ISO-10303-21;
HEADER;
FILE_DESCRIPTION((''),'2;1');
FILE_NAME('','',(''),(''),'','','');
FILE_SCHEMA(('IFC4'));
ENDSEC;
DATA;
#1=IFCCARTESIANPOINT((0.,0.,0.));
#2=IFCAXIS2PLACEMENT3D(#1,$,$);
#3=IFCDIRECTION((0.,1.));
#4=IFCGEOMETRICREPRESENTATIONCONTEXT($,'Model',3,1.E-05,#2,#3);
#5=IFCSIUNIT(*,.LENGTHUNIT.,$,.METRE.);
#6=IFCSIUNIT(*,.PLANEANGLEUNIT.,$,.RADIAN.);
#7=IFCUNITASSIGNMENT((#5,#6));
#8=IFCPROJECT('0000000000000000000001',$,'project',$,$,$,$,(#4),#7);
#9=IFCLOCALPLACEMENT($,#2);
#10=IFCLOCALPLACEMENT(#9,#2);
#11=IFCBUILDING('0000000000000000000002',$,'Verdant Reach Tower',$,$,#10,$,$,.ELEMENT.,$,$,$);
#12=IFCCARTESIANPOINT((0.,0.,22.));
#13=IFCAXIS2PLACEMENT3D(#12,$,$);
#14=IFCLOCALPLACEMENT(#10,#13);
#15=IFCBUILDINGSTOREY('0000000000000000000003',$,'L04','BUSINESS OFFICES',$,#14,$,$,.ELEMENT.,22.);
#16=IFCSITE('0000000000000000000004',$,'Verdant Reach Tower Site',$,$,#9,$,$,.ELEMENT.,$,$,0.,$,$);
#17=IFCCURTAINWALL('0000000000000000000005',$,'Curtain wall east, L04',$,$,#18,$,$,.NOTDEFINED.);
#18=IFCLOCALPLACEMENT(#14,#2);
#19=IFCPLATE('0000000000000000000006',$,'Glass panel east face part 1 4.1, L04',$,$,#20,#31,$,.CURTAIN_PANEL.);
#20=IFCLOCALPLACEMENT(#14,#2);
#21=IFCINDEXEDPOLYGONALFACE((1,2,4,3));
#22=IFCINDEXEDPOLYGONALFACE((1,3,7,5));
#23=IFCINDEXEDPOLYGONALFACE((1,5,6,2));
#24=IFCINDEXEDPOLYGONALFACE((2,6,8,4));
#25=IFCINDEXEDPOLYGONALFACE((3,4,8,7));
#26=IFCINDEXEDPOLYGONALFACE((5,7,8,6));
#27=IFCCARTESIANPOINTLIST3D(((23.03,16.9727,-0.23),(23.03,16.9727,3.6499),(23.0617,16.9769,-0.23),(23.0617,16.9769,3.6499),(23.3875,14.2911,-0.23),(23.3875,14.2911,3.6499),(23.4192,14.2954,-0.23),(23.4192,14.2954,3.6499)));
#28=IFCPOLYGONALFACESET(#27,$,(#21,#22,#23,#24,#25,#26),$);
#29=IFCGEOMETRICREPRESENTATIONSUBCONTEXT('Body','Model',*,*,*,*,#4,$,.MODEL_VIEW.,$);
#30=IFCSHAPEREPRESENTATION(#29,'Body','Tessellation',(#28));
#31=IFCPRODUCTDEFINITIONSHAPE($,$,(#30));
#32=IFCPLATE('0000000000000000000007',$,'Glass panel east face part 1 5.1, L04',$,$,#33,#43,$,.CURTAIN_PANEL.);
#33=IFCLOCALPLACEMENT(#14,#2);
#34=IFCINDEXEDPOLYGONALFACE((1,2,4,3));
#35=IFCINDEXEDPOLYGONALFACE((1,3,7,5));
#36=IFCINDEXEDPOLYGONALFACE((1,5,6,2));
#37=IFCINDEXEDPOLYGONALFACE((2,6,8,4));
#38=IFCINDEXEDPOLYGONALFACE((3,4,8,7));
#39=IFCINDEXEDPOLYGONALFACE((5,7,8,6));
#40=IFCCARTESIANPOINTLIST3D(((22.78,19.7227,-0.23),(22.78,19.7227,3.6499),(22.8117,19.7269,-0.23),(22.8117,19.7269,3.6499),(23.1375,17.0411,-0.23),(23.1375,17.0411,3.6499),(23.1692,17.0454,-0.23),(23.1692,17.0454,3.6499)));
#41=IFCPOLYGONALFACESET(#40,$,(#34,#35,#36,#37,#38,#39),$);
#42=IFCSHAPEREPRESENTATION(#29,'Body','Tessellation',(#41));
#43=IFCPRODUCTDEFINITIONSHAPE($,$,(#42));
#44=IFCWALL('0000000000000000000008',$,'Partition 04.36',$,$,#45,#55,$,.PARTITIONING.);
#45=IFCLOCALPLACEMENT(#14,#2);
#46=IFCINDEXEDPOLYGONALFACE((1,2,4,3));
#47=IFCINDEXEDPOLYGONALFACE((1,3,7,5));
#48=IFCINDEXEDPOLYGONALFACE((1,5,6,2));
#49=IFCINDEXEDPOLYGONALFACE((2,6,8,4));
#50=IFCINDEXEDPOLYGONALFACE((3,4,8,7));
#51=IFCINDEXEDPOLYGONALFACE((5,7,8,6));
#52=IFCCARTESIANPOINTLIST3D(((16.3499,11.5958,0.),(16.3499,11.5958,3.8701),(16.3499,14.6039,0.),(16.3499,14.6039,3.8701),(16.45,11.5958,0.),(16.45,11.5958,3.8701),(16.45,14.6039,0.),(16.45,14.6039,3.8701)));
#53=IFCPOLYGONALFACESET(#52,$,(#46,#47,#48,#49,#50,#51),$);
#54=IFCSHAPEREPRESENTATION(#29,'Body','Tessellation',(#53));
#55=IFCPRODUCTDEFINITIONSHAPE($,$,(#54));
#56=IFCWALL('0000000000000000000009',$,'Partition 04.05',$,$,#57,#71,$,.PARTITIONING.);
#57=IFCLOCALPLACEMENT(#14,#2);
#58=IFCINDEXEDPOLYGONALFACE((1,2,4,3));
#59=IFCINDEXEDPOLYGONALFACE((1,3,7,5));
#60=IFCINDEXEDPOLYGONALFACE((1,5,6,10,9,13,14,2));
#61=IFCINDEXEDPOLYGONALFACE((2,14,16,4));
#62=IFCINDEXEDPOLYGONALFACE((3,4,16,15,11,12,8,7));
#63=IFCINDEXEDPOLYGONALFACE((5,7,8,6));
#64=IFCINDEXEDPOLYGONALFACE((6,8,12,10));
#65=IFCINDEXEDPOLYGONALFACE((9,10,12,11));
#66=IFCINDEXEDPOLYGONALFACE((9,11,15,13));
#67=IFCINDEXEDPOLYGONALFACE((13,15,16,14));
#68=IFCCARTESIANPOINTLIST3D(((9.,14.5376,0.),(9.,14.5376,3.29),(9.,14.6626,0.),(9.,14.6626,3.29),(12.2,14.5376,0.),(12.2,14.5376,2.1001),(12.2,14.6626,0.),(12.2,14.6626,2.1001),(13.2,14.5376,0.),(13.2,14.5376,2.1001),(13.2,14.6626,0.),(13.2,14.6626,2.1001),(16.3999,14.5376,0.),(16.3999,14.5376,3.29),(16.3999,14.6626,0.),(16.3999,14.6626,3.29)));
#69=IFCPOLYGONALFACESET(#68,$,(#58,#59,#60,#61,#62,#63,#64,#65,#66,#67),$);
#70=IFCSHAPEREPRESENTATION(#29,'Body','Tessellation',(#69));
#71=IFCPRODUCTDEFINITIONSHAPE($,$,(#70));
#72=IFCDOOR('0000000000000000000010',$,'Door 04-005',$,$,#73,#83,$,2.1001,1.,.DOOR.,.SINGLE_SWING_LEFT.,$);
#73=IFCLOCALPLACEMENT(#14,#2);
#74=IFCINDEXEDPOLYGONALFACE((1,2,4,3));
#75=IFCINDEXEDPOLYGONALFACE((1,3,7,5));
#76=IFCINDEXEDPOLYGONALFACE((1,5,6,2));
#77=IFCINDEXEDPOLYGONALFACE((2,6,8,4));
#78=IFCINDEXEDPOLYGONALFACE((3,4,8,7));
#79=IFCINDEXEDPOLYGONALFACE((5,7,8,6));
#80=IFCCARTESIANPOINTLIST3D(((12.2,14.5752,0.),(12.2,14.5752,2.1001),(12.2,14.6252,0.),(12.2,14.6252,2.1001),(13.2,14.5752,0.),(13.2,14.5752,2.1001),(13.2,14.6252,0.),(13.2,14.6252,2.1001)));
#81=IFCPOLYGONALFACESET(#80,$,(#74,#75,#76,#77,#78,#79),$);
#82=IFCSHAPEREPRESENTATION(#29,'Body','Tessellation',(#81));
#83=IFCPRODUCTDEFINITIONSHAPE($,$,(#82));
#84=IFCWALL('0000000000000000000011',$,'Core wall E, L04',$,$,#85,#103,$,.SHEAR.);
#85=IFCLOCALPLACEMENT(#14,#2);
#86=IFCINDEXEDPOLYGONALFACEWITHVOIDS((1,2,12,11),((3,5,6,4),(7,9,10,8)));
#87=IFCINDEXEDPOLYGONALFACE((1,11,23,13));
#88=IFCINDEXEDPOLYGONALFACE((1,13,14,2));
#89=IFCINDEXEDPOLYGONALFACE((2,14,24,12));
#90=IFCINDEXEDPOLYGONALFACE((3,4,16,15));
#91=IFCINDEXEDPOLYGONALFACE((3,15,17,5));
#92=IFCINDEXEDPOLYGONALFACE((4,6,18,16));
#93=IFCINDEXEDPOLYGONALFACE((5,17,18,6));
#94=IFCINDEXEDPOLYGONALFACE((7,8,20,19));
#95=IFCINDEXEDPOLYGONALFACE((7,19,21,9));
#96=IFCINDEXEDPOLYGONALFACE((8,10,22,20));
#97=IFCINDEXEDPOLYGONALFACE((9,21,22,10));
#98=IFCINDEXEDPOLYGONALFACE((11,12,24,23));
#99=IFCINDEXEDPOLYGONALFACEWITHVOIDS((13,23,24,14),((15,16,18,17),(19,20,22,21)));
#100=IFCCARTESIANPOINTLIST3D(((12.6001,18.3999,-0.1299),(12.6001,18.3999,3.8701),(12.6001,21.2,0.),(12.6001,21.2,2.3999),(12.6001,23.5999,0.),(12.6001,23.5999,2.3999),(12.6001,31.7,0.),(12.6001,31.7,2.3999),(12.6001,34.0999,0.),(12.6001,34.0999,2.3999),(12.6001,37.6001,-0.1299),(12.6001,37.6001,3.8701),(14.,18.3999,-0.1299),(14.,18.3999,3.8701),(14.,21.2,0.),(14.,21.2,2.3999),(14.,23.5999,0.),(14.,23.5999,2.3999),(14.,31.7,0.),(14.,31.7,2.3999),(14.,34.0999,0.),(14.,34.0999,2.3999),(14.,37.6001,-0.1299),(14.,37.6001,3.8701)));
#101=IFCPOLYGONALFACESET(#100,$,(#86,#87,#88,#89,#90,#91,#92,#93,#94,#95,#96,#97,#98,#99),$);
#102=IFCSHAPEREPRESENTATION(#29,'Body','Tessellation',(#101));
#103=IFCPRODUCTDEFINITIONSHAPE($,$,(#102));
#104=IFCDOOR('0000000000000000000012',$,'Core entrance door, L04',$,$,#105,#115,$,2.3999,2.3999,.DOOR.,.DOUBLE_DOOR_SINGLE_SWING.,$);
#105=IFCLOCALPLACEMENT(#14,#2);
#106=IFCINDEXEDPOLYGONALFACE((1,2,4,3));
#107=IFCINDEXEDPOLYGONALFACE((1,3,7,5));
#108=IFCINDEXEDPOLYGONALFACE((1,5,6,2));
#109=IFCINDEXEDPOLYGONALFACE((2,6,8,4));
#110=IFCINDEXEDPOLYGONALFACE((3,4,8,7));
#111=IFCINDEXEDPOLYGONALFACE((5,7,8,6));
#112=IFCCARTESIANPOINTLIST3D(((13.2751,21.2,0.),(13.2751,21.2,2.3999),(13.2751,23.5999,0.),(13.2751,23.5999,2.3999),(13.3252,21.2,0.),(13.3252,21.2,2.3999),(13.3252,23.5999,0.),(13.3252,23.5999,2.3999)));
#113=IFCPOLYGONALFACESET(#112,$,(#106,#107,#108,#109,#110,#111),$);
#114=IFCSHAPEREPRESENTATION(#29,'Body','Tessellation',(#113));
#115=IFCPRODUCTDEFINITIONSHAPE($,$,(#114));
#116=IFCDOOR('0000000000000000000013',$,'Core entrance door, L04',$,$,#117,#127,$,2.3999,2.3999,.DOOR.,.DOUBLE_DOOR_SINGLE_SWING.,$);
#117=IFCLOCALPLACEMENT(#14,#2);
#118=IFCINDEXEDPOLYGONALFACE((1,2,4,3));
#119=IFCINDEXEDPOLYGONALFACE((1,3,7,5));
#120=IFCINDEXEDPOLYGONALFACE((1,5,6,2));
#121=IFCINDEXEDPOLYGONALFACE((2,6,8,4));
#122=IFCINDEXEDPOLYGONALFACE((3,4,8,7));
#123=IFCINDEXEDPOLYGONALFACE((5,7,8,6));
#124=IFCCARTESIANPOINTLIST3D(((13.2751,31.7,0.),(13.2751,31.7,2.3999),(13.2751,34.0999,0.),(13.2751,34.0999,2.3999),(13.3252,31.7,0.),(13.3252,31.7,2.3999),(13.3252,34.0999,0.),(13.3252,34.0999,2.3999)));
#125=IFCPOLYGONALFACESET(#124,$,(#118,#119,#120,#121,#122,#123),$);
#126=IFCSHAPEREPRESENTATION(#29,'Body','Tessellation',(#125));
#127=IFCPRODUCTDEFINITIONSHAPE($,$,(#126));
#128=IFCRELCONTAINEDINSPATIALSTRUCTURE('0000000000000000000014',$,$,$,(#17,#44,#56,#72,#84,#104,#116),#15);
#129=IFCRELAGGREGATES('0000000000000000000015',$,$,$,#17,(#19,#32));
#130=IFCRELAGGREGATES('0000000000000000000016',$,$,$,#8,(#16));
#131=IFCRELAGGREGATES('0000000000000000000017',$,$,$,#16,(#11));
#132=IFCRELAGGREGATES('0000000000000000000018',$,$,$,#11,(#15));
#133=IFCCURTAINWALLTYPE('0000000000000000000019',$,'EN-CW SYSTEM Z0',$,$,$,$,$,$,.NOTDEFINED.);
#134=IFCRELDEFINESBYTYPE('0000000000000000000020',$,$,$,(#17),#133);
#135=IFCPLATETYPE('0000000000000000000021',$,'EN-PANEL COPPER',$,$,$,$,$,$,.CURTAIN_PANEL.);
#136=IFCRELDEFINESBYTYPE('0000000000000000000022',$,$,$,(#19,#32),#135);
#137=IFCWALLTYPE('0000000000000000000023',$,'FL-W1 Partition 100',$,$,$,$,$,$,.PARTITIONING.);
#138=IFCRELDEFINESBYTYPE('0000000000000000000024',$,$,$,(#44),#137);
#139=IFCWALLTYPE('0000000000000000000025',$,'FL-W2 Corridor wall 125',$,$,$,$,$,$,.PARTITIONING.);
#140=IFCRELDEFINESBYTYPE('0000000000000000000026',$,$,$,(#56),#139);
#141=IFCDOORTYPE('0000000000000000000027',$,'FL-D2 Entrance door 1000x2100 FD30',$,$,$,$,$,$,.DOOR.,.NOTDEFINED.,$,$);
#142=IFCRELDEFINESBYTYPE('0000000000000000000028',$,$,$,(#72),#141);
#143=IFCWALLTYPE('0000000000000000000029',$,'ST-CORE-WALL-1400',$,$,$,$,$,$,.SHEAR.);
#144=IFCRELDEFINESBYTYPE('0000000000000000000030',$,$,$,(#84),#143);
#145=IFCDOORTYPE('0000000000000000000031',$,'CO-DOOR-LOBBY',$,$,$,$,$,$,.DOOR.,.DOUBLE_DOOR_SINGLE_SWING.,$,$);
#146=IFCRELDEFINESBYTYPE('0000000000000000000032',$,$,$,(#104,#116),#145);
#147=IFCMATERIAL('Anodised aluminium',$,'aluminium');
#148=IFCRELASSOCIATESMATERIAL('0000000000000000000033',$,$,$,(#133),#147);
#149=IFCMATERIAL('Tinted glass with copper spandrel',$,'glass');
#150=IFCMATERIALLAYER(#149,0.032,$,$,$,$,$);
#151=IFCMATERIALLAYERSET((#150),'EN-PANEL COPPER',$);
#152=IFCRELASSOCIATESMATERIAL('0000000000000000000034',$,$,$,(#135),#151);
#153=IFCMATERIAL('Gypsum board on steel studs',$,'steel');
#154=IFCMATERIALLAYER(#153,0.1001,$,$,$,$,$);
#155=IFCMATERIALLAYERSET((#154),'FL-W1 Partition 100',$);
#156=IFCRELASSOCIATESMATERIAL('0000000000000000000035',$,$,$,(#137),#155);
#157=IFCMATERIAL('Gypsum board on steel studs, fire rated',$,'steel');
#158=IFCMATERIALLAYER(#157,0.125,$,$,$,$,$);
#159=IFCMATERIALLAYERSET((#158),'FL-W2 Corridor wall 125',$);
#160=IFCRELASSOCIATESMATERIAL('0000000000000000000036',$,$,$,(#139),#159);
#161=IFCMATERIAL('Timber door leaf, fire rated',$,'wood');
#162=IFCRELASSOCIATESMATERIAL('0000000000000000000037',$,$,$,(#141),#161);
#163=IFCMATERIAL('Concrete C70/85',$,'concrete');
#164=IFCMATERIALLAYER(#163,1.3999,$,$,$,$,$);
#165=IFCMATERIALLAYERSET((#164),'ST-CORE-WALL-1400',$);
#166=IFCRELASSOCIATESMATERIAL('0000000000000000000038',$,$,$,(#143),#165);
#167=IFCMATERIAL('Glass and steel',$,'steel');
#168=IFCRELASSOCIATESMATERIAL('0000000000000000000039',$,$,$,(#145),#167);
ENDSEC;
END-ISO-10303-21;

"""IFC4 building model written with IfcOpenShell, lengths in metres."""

from ifc_helpers import new_model, si_unit, direction, frame, frame_2d, origin, origin_2d, place, context, subcontext, project, spatial, rectangle, extrude, material, layer, layer_set, type_object, element, fill, aggregate, save


model = new_model("IFC4")

# Units and contexts
model_context = context("Model", 3, precision=1e-05, world=origin(), true_north=direction((0.0, 1.0)))
body_context = subcontext(model_context, "Body", "Model", "MODEL_VIEW")
ifc_project = project(units=[si_unit("LENGTHUNIT", "METRE"), si_unit("PLANEANGLEUNIT", "RADIAN")], contexts=[model_context])

# Site, building, storey
site_placement = place(None, origin())
site = spatial("IfcSite", under=ifc_project, at=site_placement, Name="Verdant Reach Tower Site", CompositionType="ELEMENT", RefElevation=0.0)
building_placement = place(site_placement, origin())
building = spatial("IfcBuilding", under=site, at=building_placement, Name="Verdant Reach Tower", CompositionType="ELEMENT")
storey_placement = place(building_placement, frame((0.0, 0.0, 22.0)))
storey = spatial("IfcBuildingStorey", under=building, at=storey_placement, Name="L04", Description="BUSINESS OFFICES", CompositionType="ELEMENT", Elevation=22.0)

# Curtain wall
ifc_material_1 = material(Name="Anodised aluminium", Category="aluminium")
curtain_wall_type = type_object("IfcCurtainWallType", Name="EN-CW SYSTEM Z0", PredefinedType="NOTDEFINED", material=ifc_material_1)
curtain_wall_placement = place(storey_placement, origin())
curtain_wall = element("IfcCurtainWall", 1, at=curtain_wall_placement, inside=storey, type_object=curtain_wall_type, Name="Curtain wall east, L04", PredefinedType="NOTDEFINED")

# Plates
ifc_material_2 = material(Name="Tinted glass with copper spandrel", Category="glass")
ifc_layer_1 = layer(ifc_material_2, 0.032)
ifc_layer_set_1 = layer_set([ifc_layer_1], Name="EN-PANEL COPPER")
plate_type_1 = type_object("IfcPlateType", Name="EN-PANEL COPPER", PredefinedType="CURTAIN_PANEL", material=ifc_layer_set_1)
plate_1_placement = place(storey_placement, frame((23.2246, 15.634, -0.23), z_axis=(0.0, 0.0, 1.0), x_axis=(-0.13216, 0.991228, 0.0)))
plate_1 = element("IfcPlate", 2, at=plate_1_placement, type_object=plate_type_1, Name="Glass panel east face part 1 4.1, L04", PredefinedType="CURTAIN_PANEL", context=body_context, shape_type="SweptSolid", body=[
    extrude(rectangle(XDim=2.7053, YDim=0.032, at=origin_2d()), origin(), (0.0, 0.0, 1.0), 3.8799),
])
plate_2_placement = place(storey_placement, frame((22.9746, 18.384, -0.23), z_axis=(0.0, 0.0, 1.0), x_axis=(-0.13216, 0.991228, 0.0)))
plate_2 = element("IfcPlate", 3, at=plate_2_placement, type_object=plate_type_1, Name="Glass panel east face part 1 5.1, L04", PredefinedType="CURTAIN_PANEL", context=body_context, shape_type="SweptSolid", body=[
    extrude(rectangle(XDim=2.7053, YDim=0.032, at=origin_2d()), origin(), (0.0, 0.0, 1.0), 3.8799),
])
aggregate(curtain_wall, [plate_1, plate_2])

# Wall
ifc_material_3 = material(Name="Gypsum board on steel studs", Category="steel")
ifc_layer_2 = layer(ifc_material_3, 0.1001)
ifc_layer_set_2 = layer_set([ifc_layer_2], Name="FL-W1 Partition 100")
wall_type_1 = type_object("IfcWallType", Name="FL-W1 Partition 100", PredefinedType="PARTITIONING", material=ifc_layer_set_2)
wall_1_placement = place(storey_placement, frame((16.3999, 11.5959, 0.0), z_axis=(0.0, 0.0, 1.0), x_axis=(0.0, 1.0, 0.0)))
element("IfcWall", 4, at=wall_1_placement, inside=storey, type_object=wall_type_1, Name="Partition 04.36", PredefinedType="PARTITIONING", context=body_context, shape_type="SweptSolid", body=[
    extrude(rectangle(XDim=3.0081, YDim=0.1001, at=frame_2d((1.5039, 0.0))), origin(), (0.0, 0.0, 1.0), 3.8701),
])

# Wall, opening, door
ifc_material_4 = material(Name="Gypsum board on steel studs, fire rated", Category="steel")
ifc_layer_3 = layer(ifc_material_4, 0.125)
ifc_layer_set_3 = layer_set([ifc_layer_3], Name="FL-W2 Corridor wall 125")
wall_type_2 = type_object("IfcWallType", Name="FL-W2 Corridor wall 125", PredefinedType="PARTITIONING", material=ifc_layer_set_3)
wall_2_placement = place(storey_placement, frame((16.3999, 14.6001, 0.0), z_axis=(0.0, 0.0, 1.0), x_axis=(-1.0, 0.0, 0.0)))
wall_2 = element("IfcWall", 5, at=wall_2_placement, inside=storey, type_object=wall_type_2, Name="Partition 04.05", PredefinedType="PARTITIONING", context=body_context, shape_type="SweptSolid", body=[
    extrude(rectangle(XDim=7.3999, YDim=0.125, at=frame_2d((3.7, 0.0))), origin(), (0.0, 0.0, 1.0), 3.29),
])
opening_1_placement = place(wall_2_placement, frame((3.2, 0.0, 0.0)))
opening_1 = element("IfcOpeningElement", 6, at=opening_1_placement, cuts=wall_2, PredefinedType="OPENING", context=body_context, shape_type="SweptSolid", body=[
    extrude(rectangle(XDim=1.0, YDim=2.1001, at=frame_2d((0.5, 1.05))), frame((0.0, 0.0725, 0.0), z_axis=(0.0, -1.0, 0.0), x_axis=(1.0, 0.0, 0.0)), (0.0, 0.0, 1.0), 0.145),
])
ifc_material_5 = material(Name="Timber door leaf, fire rated", Category="wood")
door_type_1 = type_object("IfcDoorType", Name="FL-D2 Entrance door 1000x2100 FD30", OperationType="NOTDEFINED", PredefinedType="DOOR", material=ifc_material_5)
door_1_placement = place(opening_1_placement, origin())
door_1 = element("IfcDoor", 7, at=door_1_placement, inside=storey, type_object=door_type_1, Name="Door 04-005", OperationType="SINGLE_SWING_LEFT", OverallHeight=2.1001, OverallWidth=1.0, PredefinedType="DOOR", context=body_context, shape_type="SweptSolid", body=[
    extrude(rectangle(XDim=1.0, YDim=2.1001, at=frame_2d((0.5, 1.05))), frame((0.0, 0.0249, 0.0), z_axis=(0.0, -1.0, 0.0), x_axis=(1.0, 0.0, 0.0)), (0.0, 0.0, 1.0), 0.05),
])
fill(opening_1, door_1)

# Wall, openings, doors
ifc_material_6 = material(Name="Concrete C70/85", Category="concrete")
ifc_layer_4 = layer(ifc_material_6, 1.3999)
ifc_layer_set_4 = layer_set([ifc_layer_4], Name="ST-CORE-WALL-1400")
wall_type_3 = type_object("IfcWallType", Name="ST-CORE-WALL-1400", PredefinedType="SHEAR", material=ifc_layer_set_4)
wall_3_placement = place(storey_placement, frame((13.3, 18.3999, -0.1299), z_axis=(0.0, 0.0, 1.0), x_axis=(0.0, 1.0, 0.0)))
wall_3 = element("IfcWall", 8, at=wall_3_placement, inside=storey, type_object=wall_type_3, Name="Core wall E, L04", PredefinedType="SHEAR", context=body_context, shape_type="SweptSolid", body=[
    extrude(rectangle(XDim=19.2002, YDim=1.3999, at=frame_2d((9.6001, 0.0))), origin(), (0.0, 0.0, 1.0), 4.0),
])
opening_2_placement = place(wall_3_placement, frame((2.8, 0.0, 0.1299)))
opening_2 = element("IfcOpeningElement", 9, at=opening_2_placement, cuts=wall_3, PredefinedType="OPENING", context=body_context, shape_type="SweptSolid", body=[
    extrude(rectangle(XDim=2.3999, YDim=2.3999, at=frame_2d((1.2, 1.2))), frame((0.0, 0.71, 0.0), z_axis=(0.0, -1.0, 0.0), x_axis=(1.0, 0.0, 0.0)), (0.0, 0.0, 1.0), 1.4199),
])
opening_3_placement = place(wall_3_placement, frame((13.3, 0.0, 0.1299)))
opening_3 = element("IfcOpeningElement", 10, at=opening_3_placement, cuts=wall_3, PredefinedType="OPENING", context=body_context, shape_type="SweptSolid", body=[
    extrude(rectangle(XDim=2.3999, YDim=2.3999, at=frame_2d((1.2, 1.2))), frame((0.0, 0.71, 0.0), z_axis=(0.0, -1.0, 0.0), x_axis=(1.0, 0.0, 0.0)), (0.0, 0.0, 1.0), 1.4199),
])
ifc_material_7 = material(Name="Glass and steel", Category="steel")
door_type_2 = type_object("IfcDoorType", Name="CO-DOOR-LOBBY", OperationType="DOUBLE_DOOR_SINGLE_SWING", PredefinedType="DOOR", material=ifc_material_7)
door_2_placement = place(opening_2_placement, origin())
door_2 = element("IfcDoor", 11, at=door_2_placement, inside=storey, type_object=door_type_2, Name="Core entrance door, L04", OperationType="DOUBLE_DOOR_SINGLE_SWING", OverallHeight=2.3999, OverallWidth=2.3999, PredefinedType="DOOR", context=body_context, shape_type="SweptSolid", body=[
    extrude(rectangle(XDim=2.3999, YDim=2.3999, at=frame_2d((1.2, 1.2))), frame((0.0, 0.0249, 0.0), z_axis=(0.0, -1.0, 0.0), x_axis=(1.0, 0.0, 0.0)), (0.0, 0.0, 1.0), 0.05),
])
fill(opening_2, door_2)
door_3_placement = place(opening_3_placement, origin())
door_3 = element("IfcDoor", 12, at=door_3_placement, inside=storey, type_object=door_type_2, Name="Core entrance door, L04", OperationType="DOUBLE_DOOR_SINGLE_SWING", OverallHeight=2.3999, OverallWidth=2.3999, PredefinedType="DOOR", context=body_context, shape_type="SweptSolid", body=[
    extrude(rectangle(XDim=2.3999, YDim=2.3999, at=frame_2d((1.2, 1.2))), frame((0.0, 0.0249, 0.0), z_axis=(0.0, -1.0, 0.0), x_axis=(1.0, 0.0, 0.0)), (0.0, 0.0, 1.0), 0.05),
])
fill(opening_3, door_3)

save(model, "model.ifc")
